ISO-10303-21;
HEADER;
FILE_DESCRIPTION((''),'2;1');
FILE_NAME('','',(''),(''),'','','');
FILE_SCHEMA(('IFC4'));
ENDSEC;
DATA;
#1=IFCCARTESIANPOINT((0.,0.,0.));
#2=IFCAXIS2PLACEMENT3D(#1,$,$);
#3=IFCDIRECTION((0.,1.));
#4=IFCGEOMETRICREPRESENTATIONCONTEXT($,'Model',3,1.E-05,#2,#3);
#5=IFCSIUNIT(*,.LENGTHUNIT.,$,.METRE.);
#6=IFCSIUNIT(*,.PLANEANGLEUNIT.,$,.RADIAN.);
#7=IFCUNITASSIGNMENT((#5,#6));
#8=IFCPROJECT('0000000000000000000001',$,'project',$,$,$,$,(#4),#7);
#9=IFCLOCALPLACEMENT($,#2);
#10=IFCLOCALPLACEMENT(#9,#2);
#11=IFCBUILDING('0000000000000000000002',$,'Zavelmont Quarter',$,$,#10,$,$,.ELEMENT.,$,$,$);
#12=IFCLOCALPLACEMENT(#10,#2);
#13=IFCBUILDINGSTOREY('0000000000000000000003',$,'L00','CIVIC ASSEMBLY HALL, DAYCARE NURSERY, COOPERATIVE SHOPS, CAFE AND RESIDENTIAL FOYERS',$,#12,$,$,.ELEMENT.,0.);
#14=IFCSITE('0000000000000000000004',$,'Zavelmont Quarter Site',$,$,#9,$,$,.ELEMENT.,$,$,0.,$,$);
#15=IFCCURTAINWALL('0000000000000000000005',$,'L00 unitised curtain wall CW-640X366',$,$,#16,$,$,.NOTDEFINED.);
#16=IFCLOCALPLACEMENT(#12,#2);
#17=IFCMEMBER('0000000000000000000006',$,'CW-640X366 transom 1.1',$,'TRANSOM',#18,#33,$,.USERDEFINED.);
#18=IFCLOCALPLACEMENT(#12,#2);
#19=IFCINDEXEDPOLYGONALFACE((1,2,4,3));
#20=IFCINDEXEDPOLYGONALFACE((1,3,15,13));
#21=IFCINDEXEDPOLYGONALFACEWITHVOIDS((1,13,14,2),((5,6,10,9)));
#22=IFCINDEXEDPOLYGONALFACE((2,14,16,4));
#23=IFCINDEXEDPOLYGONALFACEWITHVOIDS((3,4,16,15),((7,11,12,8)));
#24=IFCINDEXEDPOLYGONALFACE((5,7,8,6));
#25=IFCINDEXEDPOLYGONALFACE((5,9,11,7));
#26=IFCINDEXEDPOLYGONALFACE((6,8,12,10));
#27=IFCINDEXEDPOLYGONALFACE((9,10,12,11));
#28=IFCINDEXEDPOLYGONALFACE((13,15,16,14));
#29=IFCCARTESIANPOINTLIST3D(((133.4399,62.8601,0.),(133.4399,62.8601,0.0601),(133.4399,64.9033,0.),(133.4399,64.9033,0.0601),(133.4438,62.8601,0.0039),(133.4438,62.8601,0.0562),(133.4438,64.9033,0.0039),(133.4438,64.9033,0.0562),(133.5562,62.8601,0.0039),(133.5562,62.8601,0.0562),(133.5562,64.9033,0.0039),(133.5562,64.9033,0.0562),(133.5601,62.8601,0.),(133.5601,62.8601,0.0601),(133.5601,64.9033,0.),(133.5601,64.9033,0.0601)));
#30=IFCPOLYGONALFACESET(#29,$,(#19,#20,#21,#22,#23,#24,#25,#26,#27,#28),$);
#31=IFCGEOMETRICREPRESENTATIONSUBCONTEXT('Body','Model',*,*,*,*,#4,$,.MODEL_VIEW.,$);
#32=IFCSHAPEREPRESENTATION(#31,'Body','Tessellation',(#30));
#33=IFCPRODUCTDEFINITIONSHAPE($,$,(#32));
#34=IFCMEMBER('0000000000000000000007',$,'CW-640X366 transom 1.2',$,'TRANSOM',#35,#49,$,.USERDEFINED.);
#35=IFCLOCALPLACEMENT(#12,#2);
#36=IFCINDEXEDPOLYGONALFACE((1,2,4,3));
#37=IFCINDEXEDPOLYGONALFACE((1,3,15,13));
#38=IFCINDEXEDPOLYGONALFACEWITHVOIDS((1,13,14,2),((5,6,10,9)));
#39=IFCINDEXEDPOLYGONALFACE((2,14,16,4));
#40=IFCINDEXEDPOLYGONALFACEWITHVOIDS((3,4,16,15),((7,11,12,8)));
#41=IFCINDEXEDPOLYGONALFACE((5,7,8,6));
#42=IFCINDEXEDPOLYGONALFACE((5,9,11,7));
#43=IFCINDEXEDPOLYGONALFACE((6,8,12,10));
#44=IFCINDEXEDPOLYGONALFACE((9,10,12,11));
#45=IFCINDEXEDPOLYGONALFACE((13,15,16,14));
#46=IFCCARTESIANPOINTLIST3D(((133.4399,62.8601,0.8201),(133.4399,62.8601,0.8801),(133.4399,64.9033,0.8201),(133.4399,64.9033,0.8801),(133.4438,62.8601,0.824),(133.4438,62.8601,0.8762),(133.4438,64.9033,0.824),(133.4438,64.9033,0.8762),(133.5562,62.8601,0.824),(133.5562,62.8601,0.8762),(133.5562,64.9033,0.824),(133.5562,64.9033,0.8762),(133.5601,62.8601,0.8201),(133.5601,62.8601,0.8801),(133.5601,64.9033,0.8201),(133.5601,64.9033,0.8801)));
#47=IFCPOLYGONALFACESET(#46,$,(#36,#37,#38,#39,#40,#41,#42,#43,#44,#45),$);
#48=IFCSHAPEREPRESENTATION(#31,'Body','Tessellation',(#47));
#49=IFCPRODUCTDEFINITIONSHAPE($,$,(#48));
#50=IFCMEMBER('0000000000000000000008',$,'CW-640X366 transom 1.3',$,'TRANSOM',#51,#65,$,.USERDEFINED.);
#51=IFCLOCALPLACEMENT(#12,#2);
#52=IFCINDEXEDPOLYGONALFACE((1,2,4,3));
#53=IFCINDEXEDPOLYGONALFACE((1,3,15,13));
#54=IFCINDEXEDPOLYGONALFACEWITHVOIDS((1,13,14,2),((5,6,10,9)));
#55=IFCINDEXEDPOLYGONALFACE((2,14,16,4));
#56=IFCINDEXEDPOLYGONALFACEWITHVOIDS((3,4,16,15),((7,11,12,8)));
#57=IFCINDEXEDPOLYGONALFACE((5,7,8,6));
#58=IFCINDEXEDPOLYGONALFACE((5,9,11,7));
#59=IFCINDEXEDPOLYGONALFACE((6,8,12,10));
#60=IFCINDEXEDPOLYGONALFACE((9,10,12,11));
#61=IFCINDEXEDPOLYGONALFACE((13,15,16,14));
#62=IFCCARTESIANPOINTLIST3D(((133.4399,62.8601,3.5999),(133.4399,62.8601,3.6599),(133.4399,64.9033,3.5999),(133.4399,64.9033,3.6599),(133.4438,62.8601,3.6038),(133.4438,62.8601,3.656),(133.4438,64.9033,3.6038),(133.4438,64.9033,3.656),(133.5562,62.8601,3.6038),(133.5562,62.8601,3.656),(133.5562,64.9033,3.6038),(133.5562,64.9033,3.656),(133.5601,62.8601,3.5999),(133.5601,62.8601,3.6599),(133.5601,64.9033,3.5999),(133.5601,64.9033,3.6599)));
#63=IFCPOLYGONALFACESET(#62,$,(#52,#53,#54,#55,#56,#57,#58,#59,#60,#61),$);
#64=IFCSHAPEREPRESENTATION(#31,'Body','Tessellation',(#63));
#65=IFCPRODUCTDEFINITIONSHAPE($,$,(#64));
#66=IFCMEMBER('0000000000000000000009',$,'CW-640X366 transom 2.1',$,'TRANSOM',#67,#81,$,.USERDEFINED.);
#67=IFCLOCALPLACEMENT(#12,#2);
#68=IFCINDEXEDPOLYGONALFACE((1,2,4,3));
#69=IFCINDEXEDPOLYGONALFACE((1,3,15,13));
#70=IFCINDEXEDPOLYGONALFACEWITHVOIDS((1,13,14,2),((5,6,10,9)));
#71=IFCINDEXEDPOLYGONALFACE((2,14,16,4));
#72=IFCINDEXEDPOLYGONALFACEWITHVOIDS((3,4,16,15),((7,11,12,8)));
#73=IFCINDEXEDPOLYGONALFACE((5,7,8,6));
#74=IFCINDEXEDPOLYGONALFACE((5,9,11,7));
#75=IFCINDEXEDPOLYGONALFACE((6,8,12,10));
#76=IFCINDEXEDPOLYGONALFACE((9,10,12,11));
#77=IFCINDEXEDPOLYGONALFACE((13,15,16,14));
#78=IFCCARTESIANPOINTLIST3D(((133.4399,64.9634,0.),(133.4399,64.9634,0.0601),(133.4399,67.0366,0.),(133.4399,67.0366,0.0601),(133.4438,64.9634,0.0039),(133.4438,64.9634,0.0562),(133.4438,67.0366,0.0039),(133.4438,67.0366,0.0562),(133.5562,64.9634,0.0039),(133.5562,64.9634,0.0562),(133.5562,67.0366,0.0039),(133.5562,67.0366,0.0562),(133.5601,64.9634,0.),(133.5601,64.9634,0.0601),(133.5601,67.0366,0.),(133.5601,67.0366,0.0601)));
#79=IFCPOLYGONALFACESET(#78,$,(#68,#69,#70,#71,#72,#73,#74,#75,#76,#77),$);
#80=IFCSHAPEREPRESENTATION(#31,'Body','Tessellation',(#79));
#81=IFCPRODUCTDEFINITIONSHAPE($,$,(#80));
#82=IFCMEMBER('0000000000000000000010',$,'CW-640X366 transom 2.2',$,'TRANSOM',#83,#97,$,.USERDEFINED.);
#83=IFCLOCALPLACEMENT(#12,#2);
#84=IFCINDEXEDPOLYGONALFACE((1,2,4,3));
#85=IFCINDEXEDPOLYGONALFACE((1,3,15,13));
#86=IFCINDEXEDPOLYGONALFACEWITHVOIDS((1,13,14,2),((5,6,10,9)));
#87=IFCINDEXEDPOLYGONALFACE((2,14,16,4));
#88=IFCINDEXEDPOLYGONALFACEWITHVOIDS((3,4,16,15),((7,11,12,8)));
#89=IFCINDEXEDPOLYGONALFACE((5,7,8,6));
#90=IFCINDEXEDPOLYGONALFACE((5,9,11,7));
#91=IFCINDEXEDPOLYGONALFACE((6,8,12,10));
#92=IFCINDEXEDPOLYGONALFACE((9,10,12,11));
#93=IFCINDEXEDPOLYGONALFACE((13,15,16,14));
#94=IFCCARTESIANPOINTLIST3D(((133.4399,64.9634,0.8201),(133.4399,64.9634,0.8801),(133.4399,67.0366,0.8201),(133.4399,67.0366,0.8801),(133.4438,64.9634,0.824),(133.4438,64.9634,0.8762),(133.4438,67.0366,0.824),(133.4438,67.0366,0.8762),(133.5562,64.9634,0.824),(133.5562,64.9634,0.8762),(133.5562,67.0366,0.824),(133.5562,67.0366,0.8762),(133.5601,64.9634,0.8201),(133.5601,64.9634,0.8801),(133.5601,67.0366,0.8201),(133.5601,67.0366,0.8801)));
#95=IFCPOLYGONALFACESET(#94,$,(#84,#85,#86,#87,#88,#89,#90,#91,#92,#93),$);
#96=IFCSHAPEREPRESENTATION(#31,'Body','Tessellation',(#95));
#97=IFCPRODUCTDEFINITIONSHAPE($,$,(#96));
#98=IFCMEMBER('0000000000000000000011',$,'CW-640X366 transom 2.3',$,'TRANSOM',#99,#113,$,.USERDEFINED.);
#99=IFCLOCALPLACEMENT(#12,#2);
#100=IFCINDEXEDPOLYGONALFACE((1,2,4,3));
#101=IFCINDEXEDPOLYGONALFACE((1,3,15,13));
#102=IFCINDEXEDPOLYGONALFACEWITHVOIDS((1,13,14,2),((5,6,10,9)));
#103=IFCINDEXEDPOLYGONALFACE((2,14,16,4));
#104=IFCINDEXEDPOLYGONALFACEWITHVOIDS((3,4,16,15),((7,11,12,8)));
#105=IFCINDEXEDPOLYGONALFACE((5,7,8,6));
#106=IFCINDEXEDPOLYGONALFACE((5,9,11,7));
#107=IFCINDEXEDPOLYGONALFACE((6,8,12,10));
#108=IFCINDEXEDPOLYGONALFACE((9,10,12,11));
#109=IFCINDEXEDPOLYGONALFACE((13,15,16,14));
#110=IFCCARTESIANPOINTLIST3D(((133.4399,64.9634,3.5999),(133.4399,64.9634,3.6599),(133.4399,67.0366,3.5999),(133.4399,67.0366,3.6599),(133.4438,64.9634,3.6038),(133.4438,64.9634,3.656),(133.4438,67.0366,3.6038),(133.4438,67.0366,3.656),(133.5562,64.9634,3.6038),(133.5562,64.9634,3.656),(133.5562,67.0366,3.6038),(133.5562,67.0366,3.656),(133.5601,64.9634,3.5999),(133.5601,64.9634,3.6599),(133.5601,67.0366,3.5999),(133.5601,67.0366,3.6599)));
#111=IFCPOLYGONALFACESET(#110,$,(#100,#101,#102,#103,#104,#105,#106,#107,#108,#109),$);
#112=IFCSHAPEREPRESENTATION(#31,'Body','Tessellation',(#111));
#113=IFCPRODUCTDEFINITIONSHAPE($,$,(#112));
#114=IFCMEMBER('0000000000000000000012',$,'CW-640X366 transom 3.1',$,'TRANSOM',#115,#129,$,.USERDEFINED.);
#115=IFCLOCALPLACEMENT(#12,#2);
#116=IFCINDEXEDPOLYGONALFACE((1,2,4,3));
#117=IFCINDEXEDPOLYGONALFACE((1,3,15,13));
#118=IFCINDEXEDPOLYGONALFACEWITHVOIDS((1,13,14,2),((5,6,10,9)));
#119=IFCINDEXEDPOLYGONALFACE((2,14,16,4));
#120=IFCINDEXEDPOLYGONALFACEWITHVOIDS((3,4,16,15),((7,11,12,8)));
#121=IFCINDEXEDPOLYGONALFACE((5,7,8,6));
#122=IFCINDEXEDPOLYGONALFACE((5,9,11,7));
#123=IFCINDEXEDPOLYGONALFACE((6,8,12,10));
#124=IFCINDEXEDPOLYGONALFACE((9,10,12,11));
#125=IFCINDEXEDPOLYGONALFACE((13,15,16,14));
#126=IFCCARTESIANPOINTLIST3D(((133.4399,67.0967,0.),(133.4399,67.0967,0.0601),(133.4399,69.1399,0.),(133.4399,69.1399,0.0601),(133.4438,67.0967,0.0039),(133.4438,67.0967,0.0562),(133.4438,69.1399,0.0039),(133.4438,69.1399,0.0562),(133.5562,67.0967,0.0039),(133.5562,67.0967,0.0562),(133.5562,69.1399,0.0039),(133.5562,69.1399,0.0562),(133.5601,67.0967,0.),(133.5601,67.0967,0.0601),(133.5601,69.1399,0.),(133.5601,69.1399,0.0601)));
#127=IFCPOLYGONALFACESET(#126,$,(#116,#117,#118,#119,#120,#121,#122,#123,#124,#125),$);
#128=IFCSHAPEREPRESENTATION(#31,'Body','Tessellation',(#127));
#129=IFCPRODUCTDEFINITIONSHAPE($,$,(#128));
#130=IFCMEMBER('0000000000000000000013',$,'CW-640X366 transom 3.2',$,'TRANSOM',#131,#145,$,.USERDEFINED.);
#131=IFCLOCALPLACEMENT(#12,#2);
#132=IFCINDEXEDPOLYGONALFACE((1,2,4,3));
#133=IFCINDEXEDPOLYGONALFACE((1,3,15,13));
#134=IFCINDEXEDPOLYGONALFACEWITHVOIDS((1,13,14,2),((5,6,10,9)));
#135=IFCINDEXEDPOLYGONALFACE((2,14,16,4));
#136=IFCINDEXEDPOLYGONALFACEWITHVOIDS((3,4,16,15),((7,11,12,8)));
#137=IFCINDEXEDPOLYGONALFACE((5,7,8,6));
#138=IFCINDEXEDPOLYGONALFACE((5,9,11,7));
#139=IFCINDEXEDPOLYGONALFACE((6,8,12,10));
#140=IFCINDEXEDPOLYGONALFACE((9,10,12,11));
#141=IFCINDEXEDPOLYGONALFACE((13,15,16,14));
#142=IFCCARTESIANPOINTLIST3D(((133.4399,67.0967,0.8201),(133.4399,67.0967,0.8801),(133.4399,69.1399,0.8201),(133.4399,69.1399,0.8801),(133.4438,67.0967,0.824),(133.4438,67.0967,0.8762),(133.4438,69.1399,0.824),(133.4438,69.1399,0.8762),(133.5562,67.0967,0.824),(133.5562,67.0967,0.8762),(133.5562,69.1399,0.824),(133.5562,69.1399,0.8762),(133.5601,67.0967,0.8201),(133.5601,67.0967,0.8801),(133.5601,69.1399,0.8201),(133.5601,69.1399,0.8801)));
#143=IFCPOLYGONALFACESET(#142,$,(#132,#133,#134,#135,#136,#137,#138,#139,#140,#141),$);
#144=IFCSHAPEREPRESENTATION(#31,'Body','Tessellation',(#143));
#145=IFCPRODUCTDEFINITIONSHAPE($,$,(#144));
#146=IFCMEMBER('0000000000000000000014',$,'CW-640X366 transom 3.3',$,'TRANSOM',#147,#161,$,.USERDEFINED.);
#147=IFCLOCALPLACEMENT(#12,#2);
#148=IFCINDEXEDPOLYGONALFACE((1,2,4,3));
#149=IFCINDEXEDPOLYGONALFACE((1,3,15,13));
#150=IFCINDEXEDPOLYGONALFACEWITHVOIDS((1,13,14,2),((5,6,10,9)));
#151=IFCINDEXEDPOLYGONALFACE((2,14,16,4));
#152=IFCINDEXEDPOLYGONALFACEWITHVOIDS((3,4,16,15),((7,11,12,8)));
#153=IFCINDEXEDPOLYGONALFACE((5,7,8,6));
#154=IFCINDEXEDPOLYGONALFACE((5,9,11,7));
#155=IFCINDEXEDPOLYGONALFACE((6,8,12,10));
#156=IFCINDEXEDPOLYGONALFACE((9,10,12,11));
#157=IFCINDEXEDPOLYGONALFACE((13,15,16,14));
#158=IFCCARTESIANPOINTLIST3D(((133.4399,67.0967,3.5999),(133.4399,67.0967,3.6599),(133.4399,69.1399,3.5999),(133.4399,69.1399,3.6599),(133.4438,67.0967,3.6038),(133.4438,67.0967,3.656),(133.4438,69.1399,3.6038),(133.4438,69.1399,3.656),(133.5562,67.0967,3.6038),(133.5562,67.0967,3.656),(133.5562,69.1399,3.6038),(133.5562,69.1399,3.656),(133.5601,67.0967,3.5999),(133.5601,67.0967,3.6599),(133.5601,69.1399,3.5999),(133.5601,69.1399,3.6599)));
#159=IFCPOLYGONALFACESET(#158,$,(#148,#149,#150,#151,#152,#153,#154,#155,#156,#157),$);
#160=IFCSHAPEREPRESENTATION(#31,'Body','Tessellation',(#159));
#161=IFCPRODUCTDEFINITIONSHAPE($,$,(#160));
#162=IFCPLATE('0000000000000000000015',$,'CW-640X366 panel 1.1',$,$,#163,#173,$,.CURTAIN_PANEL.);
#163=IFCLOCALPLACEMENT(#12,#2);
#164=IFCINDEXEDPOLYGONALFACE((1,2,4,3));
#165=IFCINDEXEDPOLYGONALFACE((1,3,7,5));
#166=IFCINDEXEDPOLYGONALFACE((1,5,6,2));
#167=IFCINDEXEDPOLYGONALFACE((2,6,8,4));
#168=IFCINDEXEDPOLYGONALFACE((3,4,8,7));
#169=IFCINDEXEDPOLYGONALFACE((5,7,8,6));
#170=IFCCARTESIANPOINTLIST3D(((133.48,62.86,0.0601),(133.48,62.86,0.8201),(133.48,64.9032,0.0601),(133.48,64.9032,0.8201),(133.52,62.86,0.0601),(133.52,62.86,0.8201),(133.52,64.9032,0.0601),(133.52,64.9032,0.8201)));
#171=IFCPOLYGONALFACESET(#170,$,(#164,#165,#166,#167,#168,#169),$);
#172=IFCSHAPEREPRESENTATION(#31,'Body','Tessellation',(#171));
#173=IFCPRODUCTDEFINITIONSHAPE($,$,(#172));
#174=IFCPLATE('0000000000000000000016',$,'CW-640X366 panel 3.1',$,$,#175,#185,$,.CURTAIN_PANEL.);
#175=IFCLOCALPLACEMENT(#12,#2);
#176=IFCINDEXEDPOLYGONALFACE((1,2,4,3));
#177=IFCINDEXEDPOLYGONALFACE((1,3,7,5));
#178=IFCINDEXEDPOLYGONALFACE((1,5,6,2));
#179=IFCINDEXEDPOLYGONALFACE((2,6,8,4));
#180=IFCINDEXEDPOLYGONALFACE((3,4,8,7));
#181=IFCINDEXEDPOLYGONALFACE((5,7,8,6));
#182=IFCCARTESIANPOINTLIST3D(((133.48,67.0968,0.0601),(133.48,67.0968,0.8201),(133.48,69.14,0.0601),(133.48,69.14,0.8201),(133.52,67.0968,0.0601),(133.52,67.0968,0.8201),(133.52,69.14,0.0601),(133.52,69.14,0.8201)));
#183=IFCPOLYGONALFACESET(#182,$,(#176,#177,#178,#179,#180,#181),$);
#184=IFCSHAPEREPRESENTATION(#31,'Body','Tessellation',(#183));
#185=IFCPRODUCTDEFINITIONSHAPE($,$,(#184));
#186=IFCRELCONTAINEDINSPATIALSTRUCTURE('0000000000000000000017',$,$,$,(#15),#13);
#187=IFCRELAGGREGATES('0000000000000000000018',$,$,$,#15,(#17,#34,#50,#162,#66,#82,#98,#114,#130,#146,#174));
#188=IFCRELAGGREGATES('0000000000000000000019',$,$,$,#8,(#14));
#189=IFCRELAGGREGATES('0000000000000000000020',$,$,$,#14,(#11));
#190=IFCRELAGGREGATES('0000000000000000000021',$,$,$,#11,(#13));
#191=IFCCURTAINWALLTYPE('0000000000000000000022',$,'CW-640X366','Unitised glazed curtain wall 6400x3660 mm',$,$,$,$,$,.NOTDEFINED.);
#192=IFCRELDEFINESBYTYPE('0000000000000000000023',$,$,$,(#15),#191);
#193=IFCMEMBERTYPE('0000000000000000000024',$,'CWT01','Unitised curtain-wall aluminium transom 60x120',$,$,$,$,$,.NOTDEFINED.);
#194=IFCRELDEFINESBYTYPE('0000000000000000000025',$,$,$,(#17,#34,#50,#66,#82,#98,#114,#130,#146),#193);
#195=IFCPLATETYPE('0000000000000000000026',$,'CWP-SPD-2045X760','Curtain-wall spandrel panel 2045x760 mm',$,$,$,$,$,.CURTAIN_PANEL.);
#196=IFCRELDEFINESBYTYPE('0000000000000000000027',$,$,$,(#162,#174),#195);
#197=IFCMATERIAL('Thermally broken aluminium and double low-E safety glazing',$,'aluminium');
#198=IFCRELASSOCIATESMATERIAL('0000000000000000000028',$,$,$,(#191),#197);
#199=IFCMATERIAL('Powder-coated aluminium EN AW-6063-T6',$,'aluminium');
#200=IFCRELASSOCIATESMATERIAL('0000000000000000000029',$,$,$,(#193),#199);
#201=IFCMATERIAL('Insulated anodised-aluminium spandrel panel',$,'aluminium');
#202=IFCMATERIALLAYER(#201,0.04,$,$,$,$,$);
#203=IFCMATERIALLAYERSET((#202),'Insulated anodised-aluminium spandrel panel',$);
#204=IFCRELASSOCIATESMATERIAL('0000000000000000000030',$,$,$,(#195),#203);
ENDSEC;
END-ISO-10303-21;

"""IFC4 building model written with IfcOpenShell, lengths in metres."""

from ifc_helpers import new_model, si_unit, direction, frame, origin, origin_2d, place, context, subcontext, project, spatial, rectangle, hollow_rectangle, extrude, material, layer, layer_set, material_profile, profile_set, type_object, element, aggregate, save


model = new_model("IFC4")

# Units and contexts
model_context = context("Model", 3, precision=1e-05, world=origin(), true_north=direction((0.0, 1.0)))
body_context = subcontext(model_context, "Body", "Model", "MODEL_VIEW")
ifc_project = project(units=[si_unit("LENGTHUNIT", "METRE"), si_unit("PLANEANGLEUNIT", "RADIAN")], contexts=[model_context])

# Site, building, storey
site_placement = place(None, origin())
site = spatial("IfcSite", under=ifc_project, at=site_placement, Name="Zavelmont Quarter Site", CompositionType="ELEMENT", RefElevation=0.0)
building_placement = place(site_placement, origin())
building = spatial("IfcBuilding", under=site, at=building_placement, Name="Zavelmont Quarter", CompositionType="ELEMENT")
storey_placement = place(building_placement, origin())
storey = spatial("IfcBuildingStorey", under=building, at=storey_placement, Name="L00", Description="CIVIC ASSEMBLY HALL, DAYCARE NURSERY, COOPERATIVE SHOPS, CAFE AND RESIDENTIAL FOYERS", CompositionType="ELEMENT", Elevation=0.0)

# Curtain wall, members, plates
ifc_material_1 = material(Name="Thermally broken aluminium and double low-E safety glazing", Category="aluminium")
curtain_wall_type = type_object("IfcCurtainWallType", Name="CW-640X366", Description="Unitised glazed curtain wall 6400x3660 mm", PredefinedType="NOTDEFINED", material=ifc_material_1)
curtain_wall_placement = place(storey_placement, origin())
curtain_wall = element("IfcCurtainWall", 1, at=curtain_wall_placement, inside=storey, type_object=curtain_wall_type, Name="L00 unitised curtain wall CW-640X366", PredefinedType="NOTDEFINED")
ifc_material_2 = material(Name="Powder-coated aluminium EN AW-6063-T6", Category="aluminium")
ifc_material_profile_1 = material_profile(ifc_material_2, hollow_rectangle(XDim=0.1201, YDim=0.0601, WallThickness=0.0039, at=origin_2d()), Name="CWT60X120")
ifc_profile_set_1 = profile_set([ifc_material_profile_1], Name="Powder-coated aluminium EN AW-6063-T6")
member_type_1 = type_object("IfcMemberType", Name="CWT01", Description="Unitised curtain-wall aluminium transom 60x120", PredefinedType="NOTDEFINED", material=ifc_profile_set_1)
member_1_placement = place(storey_placement, frame((133.5, 62.8601, 0.03), z_axis=(0.0, 1.0, 0.0), x_axis=(-1.0, 0.0, 0.0)))
member_1 = element("IfcMember", 2, at=member_1_placement, type_object=member_type_1, Name="CW-640X366 transom 1.1", ObjectType="TRANSOM", PredefinedType="USERDEFINED", context=body_context, shape_type="SweptSolid", body=[
    extrude(hollow_rectangle(XDim=0.1201, YDim=0.0601, WallThickness=0.0039, at=origin_2d()), origin(), (0.0, 0.0, 1.0), 2.0432),
])
member_2_placement = place(storey_placement, frame((133.5, 62.8601, 0.8501), z_axis=(0.0, 1.0, 0.0), x_axis=(-1.0, 0.0, 0.0)))
member_2 = element("IfcMember", 3, at=member_2_placement, type_object=member_type_1, Name="CW-640X366 transom 1.2", ObjectType="TRANSOM", PredefinedType="USERDEFINED", context=body_context, shape_type="SweptSolid", body=[
    extrude(hollow_rectangle(XDim=0.1201, YDim=0.0601, WallThickness=0.0039, at=origin_2d()), origin(), (0.0, 0.0, 1.0), 2.0432),
])
member_3_placement = place(storey_placement, frame((133.5, 62.8601, 3.6299), z_axis=(0.0, 1.0, 0.0), x_axis=(-1.0, 0.0, 0.0)))
member_3 = element("IfcMember", 4, at=member_3_placement, type_object=member_type_1, Name="CW-640X366 transom 1.3", ObjectType="TRANSOM", PredefinedType="USERDEFINED", context=body_context, shape_type="SweptSolid", body=[
    extrude(hollow_rectangle(XDim=0.1201, YDim=0.0601, WallThickness=0.0039, at=origin_2d()), origin(), (0.0, 0.0, 1.0), 2.0432),
])
member_4_placement = place(storey_placement, frame((133.5, 64.9634, 0.03), z_axis=(0.0, 1.0, 0.0), x_axis=(-1.0, 0.0, 0.0)))
member_4 = element("IfcMember", 5, at=member_4_placement, type_object=member_type_1, Name="CW-640X366 transom 2.1", ObjectType="TRANSOM", PredefinedType="USERDEFINED", context=body_context, shape_type="SweptSolid", body=[
    extrude(hollow_rectangle(XDim=0.1201, YDim=0.0601, WallThickness=0.0039, at=origin_2d()), origin(), (0.0, 0.0, 1.0), 2.0732),
])
member_5_placement = place(storey_placement, frame((133.5, 64.9634, 0.8501), z_axis=(0.0, 1.0, 0.0), x_axis=(-1.0, 0.0, 0.0)))
member_5 = element("IfcMember", 6, at=member_5_placement, type_object=member_type_1, Name="CW-640X366 transom 2.2", ObjectType="TRANSOM", PredefinedType="USERDEFINED", context=body_context, shape_type="SweptSolid", body=[
    extrude(hollow_rectangle(XDim=0.1201, YDim=0.0601, WallThickness=0.0039, at=origin_2d()), origin(), (0.0, 0.0, 1.0), 2.0732),
])
member_6_placement = place(storey_placement, frame((133.5, 64.9634, 3.6299), z_axis=(0.0, 1.0, 0.0), x_axis=(-1.0, 0.0, 0.0)))
member_6 = element("IfcMember", 7, at=member_6_placement, type_object=member_type_1, Name="CW-640X366 transom 2.3", ObjectType="TRANSOM", PredefinedType="USERDEFINED", context=body_context, shape_type="SweptSolid", body=[
    extrude(hollow_rectangle(XDim=0.1201, YDim=0.0601, WallThickness=0.0039, at=origin_2d()), origin(), (0.0, 0.0, 1.0), 2.0732),
])
member_7_placement = place(storey_placement, frame((133.5, 67.0967, 0.03), z_axis=(0.0, 1.0, 0.0), x_axis=(-1.0, 0.0, 0.0)))
member_7 = element("IfcMember", 8, at=member_7_placement, type_object=member_type_1, Name="CW-640X366 transom 3.1", ObjectType="TRANSOM", PredefinedType="USERDEFINED", context=body_context, shape_type="SweptSolid", body=[
    extrude(hollow_rectangle(XDim=0.1201, YDim=0.0601, WallThickness=0.0039, at=origin_2d()), origin(), (0.0, 0.0, 1.0), 2.0432),
])
member_8_placement = place(storey_placement, frame((133.5, 67.0967, 0.8501), z_axis=(0.0, 1.0, 0.0), x_axis=(-1.0, 0.0, 0.0)))
member_8 = element("IfcMember", 9, at=member_8_placement, type_object=member_type_1, Name="CW-640X366 transom 3.2", ObjectType="TRANSOM", PredefinedType="USERDEFINED", context=body_context, shape_type="SweptSolid", body=[
    extrude(hollow_rectangle(XDim=0.1201, YDim=0.0601, WallThickness=0.0039, at=origin_2d()), origin(), (0.0, 0.0, 1.0), 2.0432),
])
member_9_placement = place(storey_placement, frame((133.5, 67.0967, 3.6299), z_axis=(0.0, 1.0, 0.0), x_axis=(-1.0, 0.0, 0.0)))
member_9 = element("IfcMember", 10, at=member_9_placement, type_object=member_type_1, Name="CW-640X366 transom 3.3", ObjectType="TRANSOM", PredefinedType="USERDEFINED", context=body_context, shape_type="SweptSolid", body=[
    extrude(hollow_rectangle(XDim=0.1201, YDim=0.0601, WallThickness=0.0039, at=origin_2d()), origin(), (0.0, 0.0, 1.0), 2.0432),
])
ifc_material_3 = material(Name="Insulated anodised-aluminium spandrel panel", Category="aluminium")
ifc_layer_1 = layer(ifc_material_3, 0.04)
ifc_layer_set_1 = layer_set([ifc_layer_1], Name="Insulated anodised-aluminium spandrel panel")
plate_type_1 = type_object("IfcPlateType", Name="CWP-SPD-2045X760", Description="Curtain-wall spandrel panel 2045x760 mm", PredefinedType="CURTAIN_PANEL", material=ifc_layer_set_1)
plate_1_placement = place(storey_placement, frame((133.5, 63.8816, 0.0601), z_axis=(0.0, 0.0, 1.0), x_axis=(0.0, 1.0, 0.0)))
plate_1 = element("IfcPlate", 11, at=plate_1_placement, type_object=plate_type_1, Name="CW-640X366 panel 1.1", PredefinedType="CURTAIN_PANEL", context=body_context, shape_type="SweptSolid", body=[
    extrude(rectangle(XDim=2.0432, YDim=0.04, at=origin_2d()), origin(), (0.0, 0.0, 1.0), 0.76),
])
plate_2_placement = place(storey_placement, frame((133.5, 68.1184, 0.0601), z_axis=(0.0, 0.0, 1.0), x_axis=(0.0, 1.0, 0.0)))
plate_2 = element("IfcPlate", 12, at=plate_2_placement, type_object=plate_type_1, Name="CW-640X366 panel 3.1", PredefinedType="CURTAIN_PANEL", context=body_context, shape_type="SweptSolid", body=[
    extrude(rectangle(XDim=2.0432, YDim=0.04, at=origin_2d()), origin(), (0.0, 0.0, 1.0), 0.76),
])
aggregate(curtain_wall, [member_1, member_2, member_3, plate_1, member_4, member_5, member_6, member_7, member_8, member_9, plate_2])

save(model, "model.ifc")
